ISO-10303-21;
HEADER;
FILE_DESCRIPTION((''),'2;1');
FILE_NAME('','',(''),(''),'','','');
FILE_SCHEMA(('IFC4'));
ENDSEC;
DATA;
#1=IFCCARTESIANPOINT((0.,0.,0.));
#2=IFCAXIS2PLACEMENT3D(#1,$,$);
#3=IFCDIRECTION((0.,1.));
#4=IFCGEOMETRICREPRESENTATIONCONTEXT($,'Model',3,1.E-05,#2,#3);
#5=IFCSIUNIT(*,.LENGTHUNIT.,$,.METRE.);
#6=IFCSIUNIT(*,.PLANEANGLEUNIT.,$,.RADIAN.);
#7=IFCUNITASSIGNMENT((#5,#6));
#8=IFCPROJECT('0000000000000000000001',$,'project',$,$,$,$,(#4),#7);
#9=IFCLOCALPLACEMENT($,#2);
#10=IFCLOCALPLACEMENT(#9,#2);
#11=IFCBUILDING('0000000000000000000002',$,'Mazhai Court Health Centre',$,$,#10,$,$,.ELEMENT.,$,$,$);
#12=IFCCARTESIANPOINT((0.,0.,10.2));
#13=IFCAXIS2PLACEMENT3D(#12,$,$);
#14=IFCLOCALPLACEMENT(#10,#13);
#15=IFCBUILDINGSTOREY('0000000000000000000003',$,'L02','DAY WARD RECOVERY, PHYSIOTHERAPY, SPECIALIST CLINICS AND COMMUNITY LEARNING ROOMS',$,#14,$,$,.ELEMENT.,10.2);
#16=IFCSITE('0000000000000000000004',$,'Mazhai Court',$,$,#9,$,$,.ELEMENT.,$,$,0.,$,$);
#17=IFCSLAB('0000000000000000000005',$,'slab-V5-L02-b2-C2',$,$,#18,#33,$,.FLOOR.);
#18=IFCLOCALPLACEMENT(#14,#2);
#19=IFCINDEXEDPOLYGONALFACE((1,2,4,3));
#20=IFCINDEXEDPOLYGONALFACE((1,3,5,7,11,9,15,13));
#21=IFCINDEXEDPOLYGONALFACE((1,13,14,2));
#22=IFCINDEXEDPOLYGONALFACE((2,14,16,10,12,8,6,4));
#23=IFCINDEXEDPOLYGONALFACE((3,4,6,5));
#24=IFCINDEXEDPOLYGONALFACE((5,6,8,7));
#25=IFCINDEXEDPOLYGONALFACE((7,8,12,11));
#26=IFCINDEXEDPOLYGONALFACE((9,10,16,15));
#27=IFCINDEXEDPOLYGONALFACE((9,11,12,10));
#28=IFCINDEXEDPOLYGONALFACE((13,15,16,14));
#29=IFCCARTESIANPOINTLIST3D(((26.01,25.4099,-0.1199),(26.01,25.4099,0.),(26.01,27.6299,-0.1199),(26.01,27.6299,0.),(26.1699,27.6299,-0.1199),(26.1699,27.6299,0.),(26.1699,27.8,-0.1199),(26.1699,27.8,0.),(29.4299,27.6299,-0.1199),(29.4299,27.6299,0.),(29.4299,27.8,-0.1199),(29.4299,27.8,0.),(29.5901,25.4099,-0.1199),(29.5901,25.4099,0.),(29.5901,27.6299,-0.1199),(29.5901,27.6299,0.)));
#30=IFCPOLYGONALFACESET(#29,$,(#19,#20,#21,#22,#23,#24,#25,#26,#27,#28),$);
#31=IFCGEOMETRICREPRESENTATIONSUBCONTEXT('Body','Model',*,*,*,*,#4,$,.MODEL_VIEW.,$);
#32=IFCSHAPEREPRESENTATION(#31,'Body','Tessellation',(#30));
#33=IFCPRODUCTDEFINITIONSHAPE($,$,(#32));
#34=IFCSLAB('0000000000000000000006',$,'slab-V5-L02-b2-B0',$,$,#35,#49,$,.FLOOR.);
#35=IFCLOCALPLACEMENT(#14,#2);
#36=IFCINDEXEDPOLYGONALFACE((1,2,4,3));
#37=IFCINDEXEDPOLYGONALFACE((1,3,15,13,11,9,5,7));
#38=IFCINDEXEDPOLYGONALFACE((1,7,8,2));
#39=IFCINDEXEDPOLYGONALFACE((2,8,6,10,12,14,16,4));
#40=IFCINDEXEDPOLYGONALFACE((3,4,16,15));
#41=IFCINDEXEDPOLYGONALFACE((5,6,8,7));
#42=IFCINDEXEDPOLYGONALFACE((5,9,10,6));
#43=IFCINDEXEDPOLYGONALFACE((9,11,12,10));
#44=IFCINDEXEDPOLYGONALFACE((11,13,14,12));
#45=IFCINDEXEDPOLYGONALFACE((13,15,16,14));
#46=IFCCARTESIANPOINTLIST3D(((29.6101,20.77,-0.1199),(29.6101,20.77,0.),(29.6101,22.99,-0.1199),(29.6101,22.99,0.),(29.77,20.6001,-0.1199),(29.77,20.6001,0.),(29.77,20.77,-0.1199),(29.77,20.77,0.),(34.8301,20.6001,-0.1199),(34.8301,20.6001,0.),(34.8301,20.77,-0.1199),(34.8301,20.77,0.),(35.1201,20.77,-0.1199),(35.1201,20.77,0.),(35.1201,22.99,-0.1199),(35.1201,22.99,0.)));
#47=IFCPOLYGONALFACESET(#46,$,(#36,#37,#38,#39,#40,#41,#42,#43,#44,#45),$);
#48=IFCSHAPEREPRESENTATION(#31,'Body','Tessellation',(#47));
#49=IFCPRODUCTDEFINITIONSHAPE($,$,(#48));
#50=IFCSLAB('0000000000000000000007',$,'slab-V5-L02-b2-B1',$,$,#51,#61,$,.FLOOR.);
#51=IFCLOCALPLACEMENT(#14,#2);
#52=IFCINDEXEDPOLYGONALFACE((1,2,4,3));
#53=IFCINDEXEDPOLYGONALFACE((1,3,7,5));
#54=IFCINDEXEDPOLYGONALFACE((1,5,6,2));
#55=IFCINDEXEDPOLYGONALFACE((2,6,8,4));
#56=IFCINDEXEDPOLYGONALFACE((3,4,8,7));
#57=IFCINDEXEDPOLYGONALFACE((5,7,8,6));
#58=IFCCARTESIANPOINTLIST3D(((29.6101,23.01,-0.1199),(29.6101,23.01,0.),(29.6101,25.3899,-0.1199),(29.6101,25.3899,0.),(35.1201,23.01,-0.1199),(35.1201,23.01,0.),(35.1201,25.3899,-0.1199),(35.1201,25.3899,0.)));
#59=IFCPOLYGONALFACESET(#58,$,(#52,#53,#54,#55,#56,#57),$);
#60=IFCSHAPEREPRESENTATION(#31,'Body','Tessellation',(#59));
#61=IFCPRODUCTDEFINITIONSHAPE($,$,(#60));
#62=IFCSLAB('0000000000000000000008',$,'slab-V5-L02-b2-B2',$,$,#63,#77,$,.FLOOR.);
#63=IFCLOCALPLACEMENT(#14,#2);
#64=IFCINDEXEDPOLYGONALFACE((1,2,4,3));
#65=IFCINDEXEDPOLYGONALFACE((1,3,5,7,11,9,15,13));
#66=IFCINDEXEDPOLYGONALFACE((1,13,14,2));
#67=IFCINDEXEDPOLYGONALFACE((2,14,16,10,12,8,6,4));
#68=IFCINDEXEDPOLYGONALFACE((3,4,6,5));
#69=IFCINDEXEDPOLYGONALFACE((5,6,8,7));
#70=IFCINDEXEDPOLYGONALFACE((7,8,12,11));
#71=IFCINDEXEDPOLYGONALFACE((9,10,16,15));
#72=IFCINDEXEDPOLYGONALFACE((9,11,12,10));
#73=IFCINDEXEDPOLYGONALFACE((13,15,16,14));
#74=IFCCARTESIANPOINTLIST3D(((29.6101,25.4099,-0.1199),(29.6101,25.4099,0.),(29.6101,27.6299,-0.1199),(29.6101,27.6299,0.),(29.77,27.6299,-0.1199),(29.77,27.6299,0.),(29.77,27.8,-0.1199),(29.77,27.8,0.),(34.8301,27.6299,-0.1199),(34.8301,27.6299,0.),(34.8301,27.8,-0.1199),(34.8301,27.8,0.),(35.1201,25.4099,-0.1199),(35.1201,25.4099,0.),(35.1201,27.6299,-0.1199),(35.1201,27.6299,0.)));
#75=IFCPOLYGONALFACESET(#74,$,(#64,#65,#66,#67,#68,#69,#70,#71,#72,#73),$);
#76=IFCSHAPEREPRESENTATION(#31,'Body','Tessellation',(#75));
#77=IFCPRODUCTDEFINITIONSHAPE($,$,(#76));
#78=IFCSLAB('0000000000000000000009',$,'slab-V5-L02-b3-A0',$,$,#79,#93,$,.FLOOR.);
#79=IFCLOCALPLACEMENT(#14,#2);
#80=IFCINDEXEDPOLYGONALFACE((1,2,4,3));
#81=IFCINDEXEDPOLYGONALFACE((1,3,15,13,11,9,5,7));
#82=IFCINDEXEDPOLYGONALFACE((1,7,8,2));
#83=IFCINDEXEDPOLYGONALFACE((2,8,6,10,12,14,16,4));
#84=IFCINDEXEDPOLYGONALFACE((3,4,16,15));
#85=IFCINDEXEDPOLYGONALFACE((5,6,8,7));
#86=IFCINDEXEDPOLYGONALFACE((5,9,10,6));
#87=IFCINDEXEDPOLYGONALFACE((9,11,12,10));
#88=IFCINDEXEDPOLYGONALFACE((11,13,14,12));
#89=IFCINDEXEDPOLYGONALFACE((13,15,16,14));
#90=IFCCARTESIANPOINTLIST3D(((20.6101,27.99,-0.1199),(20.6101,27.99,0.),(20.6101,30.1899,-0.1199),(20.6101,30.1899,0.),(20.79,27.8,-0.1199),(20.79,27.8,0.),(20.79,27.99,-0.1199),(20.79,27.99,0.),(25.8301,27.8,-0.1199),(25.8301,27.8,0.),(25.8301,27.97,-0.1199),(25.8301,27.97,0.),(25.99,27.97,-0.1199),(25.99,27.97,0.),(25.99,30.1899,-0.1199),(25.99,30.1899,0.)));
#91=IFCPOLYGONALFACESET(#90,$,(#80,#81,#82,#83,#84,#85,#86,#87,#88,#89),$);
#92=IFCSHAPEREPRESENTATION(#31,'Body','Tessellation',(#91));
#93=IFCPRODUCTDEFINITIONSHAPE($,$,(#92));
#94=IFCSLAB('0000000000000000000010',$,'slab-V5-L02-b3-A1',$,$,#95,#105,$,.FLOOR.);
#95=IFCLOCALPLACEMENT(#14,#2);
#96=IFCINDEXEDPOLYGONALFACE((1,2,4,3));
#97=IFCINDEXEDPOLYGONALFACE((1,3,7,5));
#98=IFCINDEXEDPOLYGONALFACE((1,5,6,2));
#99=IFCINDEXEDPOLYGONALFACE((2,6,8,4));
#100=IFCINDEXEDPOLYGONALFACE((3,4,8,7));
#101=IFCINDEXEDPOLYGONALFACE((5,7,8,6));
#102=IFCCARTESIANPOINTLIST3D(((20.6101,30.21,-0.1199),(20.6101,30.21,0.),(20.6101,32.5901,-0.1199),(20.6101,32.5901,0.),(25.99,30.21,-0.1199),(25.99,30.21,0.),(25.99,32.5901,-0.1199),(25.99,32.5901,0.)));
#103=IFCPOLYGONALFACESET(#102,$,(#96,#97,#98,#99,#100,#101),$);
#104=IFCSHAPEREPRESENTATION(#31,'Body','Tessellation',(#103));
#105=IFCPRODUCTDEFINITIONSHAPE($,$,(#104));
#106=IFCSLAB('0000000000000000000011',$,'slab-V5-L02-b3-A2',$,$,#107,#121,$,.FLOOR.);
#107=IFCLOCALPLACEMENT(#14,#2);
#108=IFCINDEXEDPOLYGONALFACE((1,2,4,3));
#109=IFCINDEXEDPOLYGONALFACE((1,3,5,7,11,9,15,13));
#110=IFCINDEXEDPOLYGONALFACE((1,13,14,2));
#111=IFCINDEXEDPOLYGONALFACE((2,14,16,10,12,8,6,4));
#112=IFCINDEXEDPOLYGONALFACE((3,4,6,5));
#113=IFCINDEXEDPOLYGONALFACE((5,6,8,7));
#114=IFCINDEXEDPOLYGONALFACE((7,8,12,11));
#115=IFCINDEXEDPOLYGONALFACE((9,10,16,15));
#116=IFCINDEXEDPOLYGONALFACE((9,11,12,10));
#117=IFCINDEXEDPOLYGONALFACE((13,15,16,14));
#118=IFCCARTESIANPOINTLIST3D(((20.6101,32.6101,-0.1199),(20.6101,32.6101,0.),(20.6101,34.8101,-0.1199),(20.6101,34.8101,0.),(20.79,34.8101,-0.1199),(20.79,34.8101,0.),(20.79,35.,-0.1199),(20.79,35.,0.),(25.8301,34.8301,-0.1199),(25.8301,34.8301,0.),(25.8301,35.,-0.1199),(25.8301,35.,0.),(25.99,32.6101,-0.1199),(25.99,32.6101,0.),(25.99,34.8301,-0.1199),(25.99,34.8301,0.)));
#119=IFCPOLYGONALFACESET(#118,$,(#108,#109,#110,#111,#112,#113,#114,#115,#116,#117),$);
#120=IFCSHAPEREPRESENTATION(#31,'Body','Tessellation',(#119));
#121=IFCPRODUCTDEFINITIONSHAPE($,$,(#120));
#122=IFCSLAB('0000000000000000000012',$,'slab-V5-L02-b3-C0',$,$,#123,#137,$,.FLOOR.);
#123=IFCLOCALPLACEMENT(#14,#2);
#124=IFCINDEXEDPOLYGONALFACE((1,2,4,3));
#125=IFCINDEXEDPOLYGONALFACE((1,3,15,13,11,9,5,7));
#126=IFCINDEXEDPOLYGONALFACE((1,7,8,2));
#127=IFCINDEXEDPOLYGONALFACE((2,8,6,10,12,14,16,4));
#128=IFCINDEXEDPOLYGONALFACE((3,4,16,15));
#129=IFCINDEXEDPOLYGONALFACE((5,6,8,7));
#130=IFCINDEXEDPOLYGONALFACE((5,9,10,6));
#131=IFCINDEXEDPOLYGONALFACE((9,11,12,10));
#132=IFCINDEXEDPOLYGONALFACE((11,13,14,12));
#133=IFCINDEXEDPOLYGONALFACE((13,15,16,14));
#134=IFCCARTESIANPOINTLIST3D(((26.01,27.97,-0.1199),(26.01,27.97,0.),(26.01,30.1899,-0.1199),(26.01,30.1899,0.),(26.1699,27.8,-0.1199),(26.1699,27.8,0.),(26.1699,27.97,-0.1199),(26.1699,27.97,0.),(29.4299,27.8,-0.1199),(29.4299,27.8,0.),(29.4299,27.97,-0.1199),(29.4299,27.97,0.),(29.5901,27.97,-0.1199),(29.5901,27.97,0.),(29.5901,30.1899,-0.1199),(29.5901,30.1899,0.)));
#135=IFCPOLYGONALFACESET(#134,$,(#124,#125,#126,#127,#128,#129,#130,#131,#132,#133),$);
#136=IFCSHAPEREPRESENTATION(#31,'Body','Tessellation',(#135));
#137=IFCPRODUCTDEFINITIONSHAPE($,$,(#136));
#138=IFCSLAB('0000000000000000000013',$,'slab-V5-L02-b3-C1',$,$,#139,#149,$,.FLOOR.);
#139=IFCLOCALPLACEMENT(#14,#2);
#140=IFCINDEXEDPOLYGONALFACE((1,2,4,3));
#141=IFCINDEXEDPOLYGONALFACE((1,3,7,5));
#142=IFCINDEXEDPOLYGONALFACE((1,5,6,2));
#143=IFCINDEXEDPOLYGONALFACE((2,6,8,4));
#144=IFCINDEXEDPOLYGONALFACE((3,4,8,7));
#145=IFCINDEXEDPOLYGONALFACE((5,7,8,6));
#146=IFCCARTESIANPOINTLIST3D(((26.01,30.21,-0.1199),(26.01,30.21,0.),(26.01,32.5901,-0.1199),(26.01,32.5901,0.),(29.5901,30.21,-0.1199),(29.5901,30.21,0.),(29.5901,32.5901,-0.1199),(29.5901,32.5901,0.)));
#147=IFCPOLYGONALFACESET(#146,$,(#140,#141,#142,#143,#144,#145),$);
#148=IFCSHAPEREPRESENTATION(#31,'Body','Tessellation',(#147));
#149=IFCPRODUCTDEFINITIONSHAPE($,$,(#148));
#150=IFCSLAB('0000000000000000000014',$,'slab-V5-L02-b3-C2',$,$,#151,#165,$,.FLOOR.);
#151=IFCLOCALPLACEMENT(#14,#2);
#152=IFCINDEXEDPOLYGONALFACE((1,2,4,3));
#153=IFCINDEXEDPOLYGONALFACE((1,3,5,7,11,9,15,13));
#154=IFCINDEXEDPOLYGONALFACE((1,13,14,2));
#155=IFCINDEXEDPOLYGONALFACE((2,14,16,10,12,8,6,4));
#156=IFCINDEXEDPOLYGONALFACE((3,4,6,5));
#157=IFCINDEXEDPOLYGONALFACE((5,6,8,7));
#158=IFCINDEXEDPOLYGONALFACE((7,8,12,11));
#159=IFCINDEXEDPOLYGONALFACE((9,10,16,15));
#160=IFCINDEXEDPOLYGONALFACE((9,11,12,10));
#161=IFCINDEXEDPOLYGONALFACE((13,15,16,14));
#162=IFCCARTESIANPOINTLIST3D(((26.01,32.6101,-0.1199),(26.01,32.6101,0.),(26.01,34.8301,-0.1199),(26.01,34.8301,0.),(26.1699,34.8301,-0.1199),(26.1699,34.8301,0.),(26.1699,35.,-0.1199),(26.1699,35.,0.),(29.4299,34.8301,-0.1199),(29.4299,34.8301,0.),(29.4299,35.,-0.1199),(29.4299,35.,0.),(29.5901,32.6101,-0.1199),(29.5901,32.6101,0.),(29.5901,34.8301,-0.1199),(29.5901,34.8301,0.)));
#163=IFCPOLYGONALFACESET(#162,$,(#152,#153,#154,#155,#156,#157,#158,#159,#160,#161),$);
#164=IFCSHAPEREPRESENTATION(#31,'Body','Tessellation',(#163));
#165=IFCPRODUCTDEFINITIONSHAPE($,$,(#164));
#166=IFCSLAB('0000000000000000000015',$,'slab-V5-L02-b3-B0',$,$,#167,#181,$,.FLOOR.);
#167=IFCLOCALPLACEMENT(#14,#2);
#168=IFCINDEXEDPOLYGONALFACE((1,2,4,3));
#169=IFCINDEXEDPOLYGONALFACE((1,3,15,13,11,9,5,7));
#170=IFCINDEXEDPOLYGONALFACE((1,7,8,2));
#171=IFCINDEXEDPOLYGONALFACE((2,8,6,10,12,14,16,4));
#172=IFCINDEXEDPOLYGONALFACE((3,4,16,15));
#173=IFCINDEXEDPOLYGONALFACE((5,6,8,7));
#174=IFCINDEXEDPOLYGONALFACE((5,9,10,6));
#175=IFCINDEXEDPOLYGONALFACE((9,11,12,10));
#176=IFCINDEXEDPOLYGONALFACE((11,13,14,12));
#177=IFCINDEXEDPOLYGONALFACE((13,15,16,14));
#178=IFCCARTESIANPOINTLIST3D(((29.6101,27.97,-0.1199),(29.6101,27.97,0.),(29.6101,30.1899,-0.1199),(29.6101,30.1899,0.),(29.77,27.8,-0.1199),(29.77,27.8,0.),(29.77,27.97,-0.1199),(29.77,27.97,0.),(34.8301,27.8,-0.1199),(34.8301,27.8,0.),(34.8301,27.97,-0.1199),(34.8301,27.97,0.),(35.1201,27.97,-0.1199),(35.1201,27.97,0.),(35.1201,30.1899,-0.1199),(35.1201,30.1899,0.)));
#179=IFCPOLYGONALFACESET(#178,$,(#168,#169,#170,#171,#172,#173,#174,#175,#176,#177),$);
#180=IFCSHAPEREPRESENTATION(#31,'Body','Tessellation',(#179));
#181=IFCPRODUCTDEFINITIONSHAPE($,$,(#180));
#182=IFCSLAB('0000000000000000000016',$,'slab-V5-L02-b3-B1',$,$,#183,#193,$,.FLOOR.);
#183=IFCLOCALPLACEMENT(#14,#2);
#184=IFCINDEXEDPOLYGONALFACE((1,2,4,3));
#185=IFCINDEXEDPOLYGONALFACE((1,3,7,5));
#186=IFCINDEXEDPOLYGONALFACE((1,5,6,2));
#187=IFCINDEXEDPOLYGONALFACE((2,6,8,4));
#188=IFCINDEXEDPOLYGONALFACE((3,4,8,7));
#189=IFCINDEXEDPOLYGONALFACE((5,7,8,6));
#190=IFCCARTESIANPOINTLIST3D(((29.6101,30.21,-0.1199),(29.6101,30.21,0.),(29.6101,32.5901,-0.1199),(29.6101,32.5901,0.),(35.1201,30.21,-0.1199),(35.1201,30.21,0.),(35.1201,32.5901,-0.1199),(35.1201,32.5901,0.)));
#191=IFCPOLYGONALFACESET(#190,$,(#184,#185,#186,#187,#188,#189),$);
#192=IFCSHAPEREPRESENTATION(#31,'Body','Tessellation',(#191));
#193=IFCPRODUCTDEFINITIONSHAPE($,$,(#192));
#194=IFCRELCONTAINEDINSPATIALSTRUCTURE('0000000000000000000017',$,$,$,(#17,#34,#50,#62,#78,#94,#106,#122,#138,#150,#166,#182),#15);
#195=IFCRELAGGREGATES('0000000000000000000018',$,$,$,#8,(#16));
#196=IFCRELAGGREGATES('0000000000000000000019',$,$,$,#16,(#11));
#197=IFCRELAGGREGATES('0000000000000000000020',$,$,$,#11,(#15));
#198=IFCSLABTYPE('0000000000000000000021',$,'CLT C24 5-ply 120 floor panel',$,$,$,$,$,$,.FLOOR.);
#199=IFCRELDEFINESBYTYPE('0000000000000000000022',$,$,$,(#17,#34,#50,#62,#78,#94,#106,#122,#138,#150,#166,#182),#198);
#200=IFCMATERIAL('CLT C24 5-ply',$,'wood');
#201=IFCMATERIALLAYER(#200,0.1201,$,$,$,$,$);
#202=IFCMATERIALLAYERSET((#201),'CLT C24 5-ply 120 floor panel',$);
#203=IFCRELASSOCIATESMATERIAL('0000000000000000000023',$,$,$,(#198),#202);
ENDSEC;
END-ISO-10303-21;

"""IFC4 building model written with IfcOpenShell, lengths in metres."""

from ifc_helpers import new_model, si_unit, direction, frame, origin, place, context, subcontext, project, spatial, polyline, outline, extrude, material, layer, layer_set, type_object, element, save


model = new_model("IFC4")

# Units and contexts
model_context = context("Model", 3, precision=1e-05, world=origin(), true_north=direction((0.0, 1.0)))
body_context = subcontext(model_context, "Body", "Model", "MODEL_VIEW")
ifc_project = project(units=[si_unit("LENGTHUNIT", "METRE"), si_unit("PLANEANGLEUNIT", "RADIAN")], contexts=[model_context])

# Site, building, storey
site_placement = place(None, origin())
site = spatial("IfcSite", under=ifc_project, at=site_placement, Name="Mazhai Court", CompositionType="ELEMENT", RefElevation=0.0)
building_placement = place(site_placement, origin())
building = spatial("IfcBuilding", under=site, at=building_placement, Name="Mazhai Court Health Centre", CompositionType="ELEMENT")
storey_placement = place(building_placement, frame((0.0, 0.0, 10.2)))
storey = spatial("IfcBuildingStorey", under=building, at=storey_placement, Name="L02", Description="DAY WARD RECOVERY, PHYSIOTHERAPY, SPECIALIST CLINICS AND COMMUNITY LEARNING ROOMS", CompositionType="ELEMENT", Elevation=10.2)

# Slabs
ifc_material = material(Name="CLT C24 5-ply", Category="wood")
ifc_layer = layer(ifc_material, 0.1201)
ifc_layer_set = layer_set([ifc_layer], Name="CLT C24 5-ply 120 floor panel")
slab_type = type_object("IfcSlabType", Name="CLT C24 5-ply 120 floor panel", PredefinedType="FLOOR", material=ifc_layer_set)
slab_1_placement = place(storey_placement, frame((0.0, 0.0, -0.1199)))
element("IfcSlab", 1, at=slab_1_placement, inside=storey, type_object=slab_type, Name="slab-V5-L02-b2-C2", PredefinedType="FLOOR", context=body_context, shape_type="SweptSolid", body=[
    extrude(outline(polyline([(29.5901, 25.4099), (29.5901, 27.6299), (29.4299, 27.6299), (29.4299, 27.8), (26.1699, 27.8), (26.1699, 27.6299), (26.01, 27.6299), (26.01, 25.4099), (29.5901, 25.4099)])), origin(), (0.0, 0.0, 1.0), 0.1199),
])
slab_2_placement = place(storey_placement, frame((0.0, 0.0, -0.1199)))
element("IfcSlab", 2, at=slab_2_placement, inside=storey, type_object=slab_type, Name="slab-V5-L02-b2-B0", PredefinedType="FLOOR", context=body_context, shape_type="SweptSolid", body=[
    extrude(outline(polyline([(29.6101, 22.99), (29.6101, 20.77), (29.77, 20.77), (29.77, 20.6001), (34.8301, 20.6001), (34.8301, 20.77), (35.1201, 20.77), (35.1201, 22.99), (29.6101, 22.99)])), origin(), (0.0, 0.0, 1.0), 0.1199),
])
slab_3_placement = place(storey_placement, frame((0.0, 0.0, -0.1199)))
element("IfcSlab", 3, at=slab_3_placement, inside=storey, type_object=slab_type, Name="slab-V5-L02-b2-B1", PredefinedType="FLOOR", context=body_context, shape_type="SweptSolid", body=[
    extrude(outline(polyline([(29.6101, 23.01), (35.1201, 23.01), (35.1201, 25.3899), (29.6101, 25.3899), (29.6101, 23.01)])), origin(), (0.0, 0.0, 1.0), 0.1199),
])
slab_4_placement = place(storey_placement, frame((0.0, 0.0, -0.1199)))
element("IfcSlab", 4, at=slab_4_placement, inside=storey, type_object=slab_type, Name="slab-V5-L02-b2-B2", PredefinedType="FLOOR", context=body_context, shape_type="SweptSolid", body=[
    extrude(outline(polyline([(35.1201, 25.4099), (35.1201, 27.6299), (34.8301, 27.6299), (34.8301, 27.8), (29.77, 27.8), (29.77, 27.6299), (29.6101, 27.6299), (29.6101, 25.4099), (35.1201, 25.4099)])), origin(), (0.0, 0.0, 1.0), 0.1199),
])
slab_5_placement = place(storey_placement, frame((0.0, 0.0, -0.1199)))
element("IfcSlab", 5, at=slab_5_placement, inside=storey, type_object=slab_type, Name="slab-V5-L02-b3-A0", PredefinedType="FLOOR", context=body_context, shape_type="SweptSolid", body=[
    extrude(outline(polyline([(20.6101, 30.1899), (20.6101, 27.99), (20.79, 27.99), (20.79, 27.8), (25.8301, 27.8), (25.8301, 27.97), (25.99, 27.97), (25.99, 30.1899), (20.6101, 30.1899)])), origin(), (0.0, 0.0, 1.0), 0.1199),
])
slab_6_placement = place(storey_placement, frame((0.0, 0.0, -0.1199)))
element("IfcSlab", 6, at=slab_6_placement, inside=storey, type_object=slab_type, Name="slab-V5-L02-b3-A1", PredefinedType="FLOOR", context=body_context, shape_type="SweptSolid", body=[
    extrude(outline(polyline([(20.6101, 30.21), (25.99, 30.21), (25.99, 32.5901), (20.6101, 32.5901), (20.6101, 30.21)])), origin(), (0.0, 0.0, 1.0), 0.1199),
])
slab_7_placement = place(storey_placement, frame((0.0, 0.0, -0.1199)))
element("IfcSlab", 7, at=slab_7_placement, inside=storey, type_object=slab_type, Name="slab-V5-L02-b3-A2", PredefinedType="FLOOR", context=body_context, shape_type="SweptSolid", body=[
    extrude(outline(polyline([(25.99, 32.6101), (25.99, 34.8301), (25.8301, 34.8301), (25.8301, 35.0), (20.79, 35.0), (20.79, 34.8101), (20.6101, 34.8101), (20.6101, 32.6101), (25.99, 32.6101)])), origin(), (0.0, 0.0, 1.0), 0.1199),
])
slab_8_placement = place(storey_placement, frame((0.0, 0.0, -0.1199)))
element("IfcSlab", 8, at=slab_8_placement, inside=storey, type_object=slab_type, Name="slab-V5-L02-b3-C0", PredefinedType="FLOOR", context=body_context, shape_type="SweptSolid", body=[
    extrude(outline(polyline([(26.01, 30.1899), (26.01, 27.97), (26.1699, 27.97), (26.1699, 27.8), (29.4299, 27.8), (29.4299, 27.97), (29.5901, 27.97), (29.5901, 30.1899), (26.01, 30.1899)])), origin(), (0.0, 0.0, 1.0), 0.1199),
])
slab_9_placement = place(storey_placement, frame((0.0, 0.0, -0.1199)))
element("IfcSlab", 9, at=slab_9_placement, inside=storey, type_object=slab_type, Name="slab-V5-L02-b3-C1", PredefinedType="FLOOR", context=body_context, shape_type="SweptSolid", body=[
    extrude(outline(polyline([(26.01, 30.21), (29.5901, 30.21), (29.5901, 32.5901), (26.01, 32.5901), (26.01, 30.21)])), origin(), (0.0, 0.0, 1.0), 0.1199),
])
slab_10_placement = place(storey_placement, frame((0.0, 0.0, -0.1199)))
element("IfcSlab", 10, at=slab_10_placement, inside=storey, type_object=slab_type, Name="slab-V5-L02-b3-C2", PredefinedType="FLOOR", context=body_context, shape_type="SweptSolid", body=[
    extrude(outline(polyline([(29.5901, 32.6101), (29.5901, 34.8301), (29.4299, 34.8301), (29.4299, 35.0), (26.1699, 35.0), (26.1699, 34.8301), (26.01, 34.8301), (26.01, 32.6101), (29.5901, 32.6101)])), origin(), (0.0, 0.0, 1.0), 0.1199),
])
slab_11_placement = place(storey_placement, frame((0.0, 0.0, -0.1199)))
element("IfcSlab", 11, at=slab_11_placement, inside=storey, type_object=slab_type, Name="slab-V5-L02-b3-B0", PredefinedType="FLOOR", context=body_context, shape_type="SweptSolid", body=[
    extrude(outline(polyline([(29.6101, 30.1899), (29.6101, 27.97), (29.77, 27.97), (29.77, 27.8), (34.8301, 27.8), (34.8301, 27.97), (35.1201, 27.97), (35.1201, 30.1899), (29.6101, 30.1899)])), origin(), (0.0, 0.0, 1.0), 0.1199),
])
slab_12_placement = place(storey_placement, frame((0.0, 0.0, -0.1199)))
element("IfcSlab", 12, at=slab_12_placement, inside=storey, type_object=slab_type, Name="slab-V5-L02-b3-B1", PredefinedType="FLOOR", context=body_context, shape_type="SweptSolid", body=[
    extrude(outline(polyline([(29.6101, 30.21), (35.1201, 30.21), (35.1201, 32.5901), (29.6101, 32.5901), (29.6101, 30.21)])), origin(), (0.0, 0.0, 1.0), 0.1199),
])

save(model, "model.ifc")
